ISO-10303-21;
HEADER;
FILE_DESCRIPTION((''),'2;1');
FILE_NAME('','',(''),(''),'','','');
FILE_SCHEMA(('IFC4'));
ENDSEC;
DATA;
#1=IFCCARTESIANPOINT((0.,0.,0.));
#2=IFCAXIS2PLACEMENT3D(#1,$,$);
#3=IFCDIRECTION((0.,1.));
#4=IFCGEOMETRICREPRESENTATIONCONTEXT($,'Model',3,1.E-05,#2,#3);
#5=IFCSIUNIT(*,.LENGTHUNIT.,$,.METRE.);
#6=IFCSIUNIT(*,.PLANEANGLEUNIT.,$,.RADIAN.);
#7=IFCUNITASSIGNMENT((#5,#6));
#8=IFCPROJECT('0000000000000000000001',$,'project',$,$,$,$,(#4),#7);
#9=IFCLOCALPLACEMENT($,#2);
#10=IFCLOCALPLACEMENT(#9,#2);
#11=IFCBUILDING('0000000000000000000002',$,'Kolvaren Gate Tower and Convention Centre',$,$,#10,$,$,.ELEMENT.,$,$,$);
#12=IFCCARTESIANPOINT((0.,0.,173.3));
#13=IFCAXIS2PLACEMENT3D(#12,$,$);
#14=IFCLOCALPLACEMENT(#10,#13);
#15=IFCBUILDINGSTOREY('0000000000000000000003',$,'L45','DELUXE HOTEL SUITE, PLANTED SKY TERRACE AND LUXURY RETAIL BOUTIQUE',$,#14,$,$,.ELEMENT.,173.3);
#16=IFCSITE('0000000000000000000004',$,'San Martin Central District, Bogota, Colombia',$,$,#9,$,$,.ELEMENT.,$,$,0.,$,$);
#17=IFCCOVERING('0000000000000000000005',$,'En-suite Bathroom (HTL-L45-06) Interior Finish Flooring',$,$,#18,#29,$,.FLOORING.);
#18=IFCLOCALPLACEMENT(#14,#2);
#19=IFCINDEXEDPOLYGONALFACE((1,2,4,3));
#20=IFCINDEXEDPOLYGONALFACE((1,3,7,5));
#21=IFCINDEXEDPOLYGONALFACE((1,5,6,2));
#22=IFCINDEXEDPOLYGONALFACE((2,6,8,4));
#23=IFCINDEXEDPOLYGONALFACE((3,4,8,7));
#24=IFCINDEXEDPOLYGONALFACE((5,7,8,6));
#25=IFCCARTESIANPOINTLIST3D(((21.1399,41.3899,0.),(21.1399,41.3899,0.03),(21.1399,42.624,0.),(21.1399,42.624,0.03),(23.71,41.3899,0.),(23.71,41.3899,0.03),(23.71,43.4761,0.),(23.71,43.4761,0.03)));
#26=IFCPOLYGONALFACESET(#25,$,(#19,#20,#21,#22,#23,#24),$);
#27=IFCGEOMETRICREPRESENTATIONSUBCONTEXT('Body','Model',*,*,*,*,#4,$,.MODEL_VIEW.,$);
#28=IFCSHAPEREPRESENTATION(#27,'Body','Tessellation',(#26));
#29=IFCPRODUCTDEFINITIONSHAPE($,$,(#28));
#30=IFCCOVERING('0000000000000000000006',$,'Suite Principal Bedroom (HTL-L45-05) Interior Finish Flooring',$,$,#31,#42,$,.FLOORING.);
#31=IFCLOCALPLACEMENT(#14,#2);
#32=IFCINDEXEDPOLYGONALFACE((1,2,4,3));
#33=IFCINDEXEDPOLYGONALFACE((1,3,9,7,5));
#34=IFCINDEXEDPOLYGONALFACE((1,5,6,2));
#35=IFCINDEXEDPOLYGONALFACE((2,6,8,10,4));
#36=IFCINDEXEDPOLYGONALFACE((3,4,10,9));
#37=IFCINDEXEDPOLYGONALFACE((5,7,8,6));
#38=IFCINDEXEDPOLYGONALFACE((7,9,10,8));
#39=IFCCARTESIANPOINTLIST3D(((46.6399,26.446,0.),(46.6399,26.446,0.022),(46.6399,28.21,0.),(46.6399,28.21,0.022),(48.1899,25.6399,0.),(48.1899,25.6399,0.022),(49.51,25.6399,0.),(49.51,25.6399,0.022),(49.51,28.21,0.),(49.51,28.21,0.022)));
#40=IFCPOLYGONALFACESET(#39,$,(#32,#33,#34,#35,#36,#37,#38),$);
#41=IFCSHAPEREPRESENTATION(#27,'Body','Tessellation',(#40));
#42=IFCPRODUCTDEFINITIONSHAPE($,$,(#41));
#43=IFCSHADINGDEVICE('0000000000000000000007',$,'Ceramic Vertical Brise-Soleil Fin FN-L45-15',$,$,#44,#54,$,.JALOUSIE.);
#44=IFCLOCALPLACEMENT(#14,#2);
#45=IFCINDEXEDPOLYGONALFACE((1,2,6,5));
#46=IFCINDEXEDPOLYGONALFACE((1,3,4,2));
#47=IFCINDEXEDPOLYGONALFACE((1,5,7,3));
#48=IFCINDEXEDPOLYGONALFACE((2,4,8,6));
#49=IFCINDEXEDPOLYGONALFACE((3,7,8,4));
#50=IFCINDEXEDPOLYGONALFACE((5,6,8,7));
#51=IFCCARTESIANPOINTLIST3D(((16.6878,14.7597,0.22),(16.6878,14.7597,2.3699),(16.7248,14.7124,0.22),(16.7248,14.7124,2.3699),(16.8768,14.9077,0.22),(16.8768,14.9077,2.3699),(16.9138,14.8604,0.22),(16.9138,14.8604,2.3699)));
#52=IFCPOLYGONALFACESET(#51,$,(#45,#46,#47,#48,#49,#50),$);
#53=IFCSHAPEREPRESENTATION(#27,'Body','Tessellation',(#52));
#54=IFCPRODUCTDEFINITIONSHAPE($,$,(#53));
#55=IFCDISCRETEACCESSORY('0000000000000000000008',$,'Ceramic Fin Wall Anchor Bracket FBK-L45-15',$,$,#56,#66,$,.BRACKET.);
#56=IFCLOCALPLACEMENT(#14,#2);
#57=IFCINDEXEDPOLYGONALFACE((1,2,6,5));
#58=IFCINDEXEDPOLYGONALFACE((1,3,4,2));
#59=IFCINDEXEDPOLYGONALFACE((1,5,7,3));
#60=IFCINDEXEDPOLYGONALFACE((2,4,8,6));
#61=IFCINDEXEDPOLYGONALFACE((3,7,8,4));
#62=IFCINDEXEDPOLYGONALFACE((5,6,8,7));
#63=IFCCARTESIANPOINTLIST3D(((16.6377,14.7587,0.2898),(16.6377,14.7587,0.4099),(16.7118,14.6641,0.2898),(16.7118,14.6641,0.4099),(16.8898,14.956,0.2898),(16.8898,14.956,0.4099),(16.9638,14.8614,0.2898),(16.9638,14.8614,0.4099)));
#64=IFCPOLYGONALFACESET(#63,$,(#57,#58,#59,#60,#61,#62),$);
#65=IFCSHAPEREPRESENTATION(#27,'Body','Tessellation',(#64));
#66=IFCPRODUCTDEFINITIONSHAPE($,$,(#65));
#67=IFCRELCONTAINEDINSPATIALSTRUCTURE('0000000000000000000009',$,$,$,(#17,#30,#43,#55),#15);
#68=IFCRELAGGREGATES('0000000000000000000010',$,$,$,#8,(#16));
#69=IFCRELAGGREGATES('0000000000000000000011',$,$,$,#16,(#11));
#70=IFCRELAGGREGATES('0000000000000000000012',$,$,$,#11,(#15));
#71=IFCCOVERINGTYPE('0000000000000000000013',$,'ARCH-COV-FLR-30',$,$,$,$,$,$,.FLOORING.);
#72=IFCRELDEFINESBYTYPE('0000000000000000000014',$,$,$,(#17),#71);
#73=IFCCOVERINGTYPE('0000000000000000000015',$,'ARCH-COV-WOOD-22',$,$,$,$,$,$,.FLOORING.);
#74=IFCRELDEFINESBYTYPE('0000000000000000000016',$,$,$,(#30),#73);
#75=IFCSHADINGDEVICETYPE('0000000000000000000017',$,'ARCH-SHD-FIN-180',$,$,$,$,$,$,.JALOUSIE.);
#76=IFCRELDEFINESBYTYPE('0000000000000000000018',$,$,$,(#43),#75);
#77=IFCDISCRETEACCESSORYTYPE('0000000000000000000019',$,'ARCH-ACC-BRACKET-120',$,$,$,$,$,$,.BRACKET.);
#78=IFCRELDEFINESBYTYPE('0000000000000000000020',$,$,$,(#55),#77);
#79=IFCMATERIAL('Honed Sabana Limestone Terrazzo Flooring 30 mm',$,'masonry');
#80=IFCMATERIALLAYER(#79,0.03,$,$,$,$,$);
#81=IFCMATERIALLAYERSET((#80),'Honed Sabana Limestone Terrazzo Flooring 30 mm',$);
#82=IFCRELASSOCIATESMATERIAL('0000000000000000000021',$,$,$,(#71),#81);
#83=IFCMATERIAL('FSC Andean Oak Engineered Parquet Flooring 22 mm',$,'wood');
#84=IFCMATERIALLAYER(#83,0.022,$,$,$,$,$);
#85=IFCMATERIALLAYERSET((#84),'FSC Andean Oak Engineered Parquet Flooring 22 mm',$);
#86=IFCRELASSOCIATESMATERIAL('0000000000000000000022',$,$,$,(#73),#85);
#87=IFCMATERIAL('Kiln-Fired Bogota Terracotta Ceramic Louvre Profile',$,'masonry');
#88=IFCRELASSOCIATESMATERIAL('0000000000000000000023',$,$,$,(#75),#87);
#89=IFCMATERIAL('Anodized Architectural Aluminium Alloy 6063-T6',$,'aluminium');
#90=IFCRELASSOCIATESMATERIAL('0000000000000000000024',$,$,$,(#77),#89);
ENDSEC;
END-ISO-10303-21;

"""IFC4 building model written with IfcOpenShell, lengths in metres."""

from ifc_helpers import new_model, si_unit, direction, frame, origin, origin_2d, place, context, subcontext, project, spatial, polyline, rectangle, outline, extrude, material, layer, layer_set, type_object, element, save


model = new_model("IFC4")

# Units and contexts
model_context = context("Model", 3, precision=1e-05, world=origin(), true_north=direction((0.0, 1.0)))
body_context = subcontext(model_context, "Body", "Model", "MODEL_VIEW")
ifc_project = project(units=[si_unit("LENGTHUNIT", "METRE"), si_unit("PLANEANGLEUNIT", "RADIAN")], contexts=[model_context])

# Site, building, storey
site_placement = place(None, origin())
site = spatial("IfcSite", under=ifc_project, at=site_placement, Name="San Martin Central District, Bogota, Colombia", CompositionType="ELEMENT", RefElevation=0.0)
building_placement = place(site_placement, origin())
building = spatial("IfcBuilding", under=site, at=building_placement, Name="Kolvaren Gate Tower and Convention Centre", CompositionType="ELEMENT")
storey_placement = place(building_placement, frame((0.0, 0.0, 173.3)))
storey = spatial("IfcBuildingStorey", under=building, at=storey_placement, Name="L45", Description="DELUXE HOTEL SUITE, PLANTED SKY TERRACE AND LUXURY RETAIL BOUTIQUE", CompositionType="ELEMENT", Elevation=173.3)

# Coverings
ifc_material_1 = material(Name="Honed Sabana Limestone Terrazzo Flooring 30 mm", Category="masonry")
ifc_layer_1 = layer(ifc_material_1, 0.03)
ifc_layer_set_1 = layer_set([ifc_layer_1], Name="Honed Sabana Limestone Terrazzo Flooring 30 mm")
covering_type_1 = type_object("IfcCoveringType", Name="ARCH-COV-FLR-30", PredefinedType="FLOORING", material=ifc_layer_set_1)
covering_1_placement = place(storey_placement, origin())
element("IfcCovering", 1, at=covering_1_placement, inside=storey, type_object=covering_type_1, Name="En-suite Bathroom (HTL-L45-06) Interior Finish Flooring", PredefinedType="FLOORING", context=body_context, shape_type="SweptSolid", body=[
    extrude(outline(polyline([(23.71, 41.3899), (21.1399, 41.3899), (21.1399, 42.624), (23.71, 43.4761), (23.71, 41.3899)])), origin(), (0.0, 0.0, 1.0), 0.03),
])
ifc_material_2 = material(Name="FSC Andean Oak Engineered Parquet Flooring 22 mm", Category="wood")
ifc_layer_2 = layer(ifc_material_2, 0.022)
ifc_layer_set_2 = layer_set([ifc_layer_2], Name="FSC Andean Oak Engineered Parquet Flooring 22 mm")
covering_type_2 = type_object("IfcCoveringType", Name="ARCH-COV-WOOD-22", PredefinedType="FLOORING", material=ifc_layer_set_2)
covering_2_placement = place(storey_placement, origin())
element("IfcCovering", 2, at=covering_2_placement, inside=storey, type_object=covering_type_2, Name="Suite Principal Bedroom (HTL-L45-05) Interior Finish Flooring", PredefinedType="FLOORING", context=body_context, shape_type="SweptSolid", body=[
    extrude(outline(polyline([(46.6399, 28.21), (49.51, 28.21), (49.51, 25.6399), (48.1899, 25.6399), (46.6399, 26.446), (46.6399, 28.21)])), origin(), (0.0, 0.0, 1.0), 0.022),
])

# Shading device
ifc_material_3 = material(Name="Kiln-Fired Bogota Terracotta Ceramic Louvre Profile", Category="masonry")
shading_device_type = type_object("IfcShadingDeviceType", Name="ARCH-SHD-FIN-180", PredefinedType="JALOUSIE", material=ifc_material_3)
shading_device_placement = place(storey_placement, frame((16.8008, 14.8101, 0.22), z_axis=(0.0, 0.0, 1.0), x_axis=(0.616434, -0.787406, 0.0)))
element("IfcShadingDevice", 3, at=shading_device_placement, inside=storey, type_object=shading_device_type, Name="Ceramic Vertical Brise-Soleil Fin FN-L45-15", PredefinedType="JALOUSIE", context=body_context, shape_type="SweptSolid", body=[
    extrude(rectangle(XDim=0.0601, YDim=0.24, at=origin_2d()), origin(), (0.0, 0.0, 1.0), 2.1499),
])

# Discrete accessory
ifc_material_4 = material(Name="Anodized Architectural Aluminium Alloy 6063-T6", Category="aluminium")
discrete_accessory_type = type_object("IfcDiscreteAccessoryType", Name="ARCH-ACC-BRACKET-120", PredefinedType="BRACKET", material=ifc_material_4)
discrete_accessory_placement = place(storey_placement, frame((16.8008, 14.8101, 0.2898), z_axis=(0.0, 0.0, 1.0), x_axis=(0.616434, -0.787406, 0.0)))
element("IfcDiscreteAccessory", 4, at=discrete_accessory_placement, inside=storey, type_object=discrete_accessory_type, Name="Ceramic Fin Wall Anchor Bracket FBK-L45-15", PredefinedType="BRACKET", context=body_context, shape_type="SweptSolid", body=[
    extrude(rectangle(XDim=0.1201, YDim=0.3201, at=origin_2d()), origin(), (0.0, 0.0, 1.0), 0.1201),
])

save(model, "model.ifc")
